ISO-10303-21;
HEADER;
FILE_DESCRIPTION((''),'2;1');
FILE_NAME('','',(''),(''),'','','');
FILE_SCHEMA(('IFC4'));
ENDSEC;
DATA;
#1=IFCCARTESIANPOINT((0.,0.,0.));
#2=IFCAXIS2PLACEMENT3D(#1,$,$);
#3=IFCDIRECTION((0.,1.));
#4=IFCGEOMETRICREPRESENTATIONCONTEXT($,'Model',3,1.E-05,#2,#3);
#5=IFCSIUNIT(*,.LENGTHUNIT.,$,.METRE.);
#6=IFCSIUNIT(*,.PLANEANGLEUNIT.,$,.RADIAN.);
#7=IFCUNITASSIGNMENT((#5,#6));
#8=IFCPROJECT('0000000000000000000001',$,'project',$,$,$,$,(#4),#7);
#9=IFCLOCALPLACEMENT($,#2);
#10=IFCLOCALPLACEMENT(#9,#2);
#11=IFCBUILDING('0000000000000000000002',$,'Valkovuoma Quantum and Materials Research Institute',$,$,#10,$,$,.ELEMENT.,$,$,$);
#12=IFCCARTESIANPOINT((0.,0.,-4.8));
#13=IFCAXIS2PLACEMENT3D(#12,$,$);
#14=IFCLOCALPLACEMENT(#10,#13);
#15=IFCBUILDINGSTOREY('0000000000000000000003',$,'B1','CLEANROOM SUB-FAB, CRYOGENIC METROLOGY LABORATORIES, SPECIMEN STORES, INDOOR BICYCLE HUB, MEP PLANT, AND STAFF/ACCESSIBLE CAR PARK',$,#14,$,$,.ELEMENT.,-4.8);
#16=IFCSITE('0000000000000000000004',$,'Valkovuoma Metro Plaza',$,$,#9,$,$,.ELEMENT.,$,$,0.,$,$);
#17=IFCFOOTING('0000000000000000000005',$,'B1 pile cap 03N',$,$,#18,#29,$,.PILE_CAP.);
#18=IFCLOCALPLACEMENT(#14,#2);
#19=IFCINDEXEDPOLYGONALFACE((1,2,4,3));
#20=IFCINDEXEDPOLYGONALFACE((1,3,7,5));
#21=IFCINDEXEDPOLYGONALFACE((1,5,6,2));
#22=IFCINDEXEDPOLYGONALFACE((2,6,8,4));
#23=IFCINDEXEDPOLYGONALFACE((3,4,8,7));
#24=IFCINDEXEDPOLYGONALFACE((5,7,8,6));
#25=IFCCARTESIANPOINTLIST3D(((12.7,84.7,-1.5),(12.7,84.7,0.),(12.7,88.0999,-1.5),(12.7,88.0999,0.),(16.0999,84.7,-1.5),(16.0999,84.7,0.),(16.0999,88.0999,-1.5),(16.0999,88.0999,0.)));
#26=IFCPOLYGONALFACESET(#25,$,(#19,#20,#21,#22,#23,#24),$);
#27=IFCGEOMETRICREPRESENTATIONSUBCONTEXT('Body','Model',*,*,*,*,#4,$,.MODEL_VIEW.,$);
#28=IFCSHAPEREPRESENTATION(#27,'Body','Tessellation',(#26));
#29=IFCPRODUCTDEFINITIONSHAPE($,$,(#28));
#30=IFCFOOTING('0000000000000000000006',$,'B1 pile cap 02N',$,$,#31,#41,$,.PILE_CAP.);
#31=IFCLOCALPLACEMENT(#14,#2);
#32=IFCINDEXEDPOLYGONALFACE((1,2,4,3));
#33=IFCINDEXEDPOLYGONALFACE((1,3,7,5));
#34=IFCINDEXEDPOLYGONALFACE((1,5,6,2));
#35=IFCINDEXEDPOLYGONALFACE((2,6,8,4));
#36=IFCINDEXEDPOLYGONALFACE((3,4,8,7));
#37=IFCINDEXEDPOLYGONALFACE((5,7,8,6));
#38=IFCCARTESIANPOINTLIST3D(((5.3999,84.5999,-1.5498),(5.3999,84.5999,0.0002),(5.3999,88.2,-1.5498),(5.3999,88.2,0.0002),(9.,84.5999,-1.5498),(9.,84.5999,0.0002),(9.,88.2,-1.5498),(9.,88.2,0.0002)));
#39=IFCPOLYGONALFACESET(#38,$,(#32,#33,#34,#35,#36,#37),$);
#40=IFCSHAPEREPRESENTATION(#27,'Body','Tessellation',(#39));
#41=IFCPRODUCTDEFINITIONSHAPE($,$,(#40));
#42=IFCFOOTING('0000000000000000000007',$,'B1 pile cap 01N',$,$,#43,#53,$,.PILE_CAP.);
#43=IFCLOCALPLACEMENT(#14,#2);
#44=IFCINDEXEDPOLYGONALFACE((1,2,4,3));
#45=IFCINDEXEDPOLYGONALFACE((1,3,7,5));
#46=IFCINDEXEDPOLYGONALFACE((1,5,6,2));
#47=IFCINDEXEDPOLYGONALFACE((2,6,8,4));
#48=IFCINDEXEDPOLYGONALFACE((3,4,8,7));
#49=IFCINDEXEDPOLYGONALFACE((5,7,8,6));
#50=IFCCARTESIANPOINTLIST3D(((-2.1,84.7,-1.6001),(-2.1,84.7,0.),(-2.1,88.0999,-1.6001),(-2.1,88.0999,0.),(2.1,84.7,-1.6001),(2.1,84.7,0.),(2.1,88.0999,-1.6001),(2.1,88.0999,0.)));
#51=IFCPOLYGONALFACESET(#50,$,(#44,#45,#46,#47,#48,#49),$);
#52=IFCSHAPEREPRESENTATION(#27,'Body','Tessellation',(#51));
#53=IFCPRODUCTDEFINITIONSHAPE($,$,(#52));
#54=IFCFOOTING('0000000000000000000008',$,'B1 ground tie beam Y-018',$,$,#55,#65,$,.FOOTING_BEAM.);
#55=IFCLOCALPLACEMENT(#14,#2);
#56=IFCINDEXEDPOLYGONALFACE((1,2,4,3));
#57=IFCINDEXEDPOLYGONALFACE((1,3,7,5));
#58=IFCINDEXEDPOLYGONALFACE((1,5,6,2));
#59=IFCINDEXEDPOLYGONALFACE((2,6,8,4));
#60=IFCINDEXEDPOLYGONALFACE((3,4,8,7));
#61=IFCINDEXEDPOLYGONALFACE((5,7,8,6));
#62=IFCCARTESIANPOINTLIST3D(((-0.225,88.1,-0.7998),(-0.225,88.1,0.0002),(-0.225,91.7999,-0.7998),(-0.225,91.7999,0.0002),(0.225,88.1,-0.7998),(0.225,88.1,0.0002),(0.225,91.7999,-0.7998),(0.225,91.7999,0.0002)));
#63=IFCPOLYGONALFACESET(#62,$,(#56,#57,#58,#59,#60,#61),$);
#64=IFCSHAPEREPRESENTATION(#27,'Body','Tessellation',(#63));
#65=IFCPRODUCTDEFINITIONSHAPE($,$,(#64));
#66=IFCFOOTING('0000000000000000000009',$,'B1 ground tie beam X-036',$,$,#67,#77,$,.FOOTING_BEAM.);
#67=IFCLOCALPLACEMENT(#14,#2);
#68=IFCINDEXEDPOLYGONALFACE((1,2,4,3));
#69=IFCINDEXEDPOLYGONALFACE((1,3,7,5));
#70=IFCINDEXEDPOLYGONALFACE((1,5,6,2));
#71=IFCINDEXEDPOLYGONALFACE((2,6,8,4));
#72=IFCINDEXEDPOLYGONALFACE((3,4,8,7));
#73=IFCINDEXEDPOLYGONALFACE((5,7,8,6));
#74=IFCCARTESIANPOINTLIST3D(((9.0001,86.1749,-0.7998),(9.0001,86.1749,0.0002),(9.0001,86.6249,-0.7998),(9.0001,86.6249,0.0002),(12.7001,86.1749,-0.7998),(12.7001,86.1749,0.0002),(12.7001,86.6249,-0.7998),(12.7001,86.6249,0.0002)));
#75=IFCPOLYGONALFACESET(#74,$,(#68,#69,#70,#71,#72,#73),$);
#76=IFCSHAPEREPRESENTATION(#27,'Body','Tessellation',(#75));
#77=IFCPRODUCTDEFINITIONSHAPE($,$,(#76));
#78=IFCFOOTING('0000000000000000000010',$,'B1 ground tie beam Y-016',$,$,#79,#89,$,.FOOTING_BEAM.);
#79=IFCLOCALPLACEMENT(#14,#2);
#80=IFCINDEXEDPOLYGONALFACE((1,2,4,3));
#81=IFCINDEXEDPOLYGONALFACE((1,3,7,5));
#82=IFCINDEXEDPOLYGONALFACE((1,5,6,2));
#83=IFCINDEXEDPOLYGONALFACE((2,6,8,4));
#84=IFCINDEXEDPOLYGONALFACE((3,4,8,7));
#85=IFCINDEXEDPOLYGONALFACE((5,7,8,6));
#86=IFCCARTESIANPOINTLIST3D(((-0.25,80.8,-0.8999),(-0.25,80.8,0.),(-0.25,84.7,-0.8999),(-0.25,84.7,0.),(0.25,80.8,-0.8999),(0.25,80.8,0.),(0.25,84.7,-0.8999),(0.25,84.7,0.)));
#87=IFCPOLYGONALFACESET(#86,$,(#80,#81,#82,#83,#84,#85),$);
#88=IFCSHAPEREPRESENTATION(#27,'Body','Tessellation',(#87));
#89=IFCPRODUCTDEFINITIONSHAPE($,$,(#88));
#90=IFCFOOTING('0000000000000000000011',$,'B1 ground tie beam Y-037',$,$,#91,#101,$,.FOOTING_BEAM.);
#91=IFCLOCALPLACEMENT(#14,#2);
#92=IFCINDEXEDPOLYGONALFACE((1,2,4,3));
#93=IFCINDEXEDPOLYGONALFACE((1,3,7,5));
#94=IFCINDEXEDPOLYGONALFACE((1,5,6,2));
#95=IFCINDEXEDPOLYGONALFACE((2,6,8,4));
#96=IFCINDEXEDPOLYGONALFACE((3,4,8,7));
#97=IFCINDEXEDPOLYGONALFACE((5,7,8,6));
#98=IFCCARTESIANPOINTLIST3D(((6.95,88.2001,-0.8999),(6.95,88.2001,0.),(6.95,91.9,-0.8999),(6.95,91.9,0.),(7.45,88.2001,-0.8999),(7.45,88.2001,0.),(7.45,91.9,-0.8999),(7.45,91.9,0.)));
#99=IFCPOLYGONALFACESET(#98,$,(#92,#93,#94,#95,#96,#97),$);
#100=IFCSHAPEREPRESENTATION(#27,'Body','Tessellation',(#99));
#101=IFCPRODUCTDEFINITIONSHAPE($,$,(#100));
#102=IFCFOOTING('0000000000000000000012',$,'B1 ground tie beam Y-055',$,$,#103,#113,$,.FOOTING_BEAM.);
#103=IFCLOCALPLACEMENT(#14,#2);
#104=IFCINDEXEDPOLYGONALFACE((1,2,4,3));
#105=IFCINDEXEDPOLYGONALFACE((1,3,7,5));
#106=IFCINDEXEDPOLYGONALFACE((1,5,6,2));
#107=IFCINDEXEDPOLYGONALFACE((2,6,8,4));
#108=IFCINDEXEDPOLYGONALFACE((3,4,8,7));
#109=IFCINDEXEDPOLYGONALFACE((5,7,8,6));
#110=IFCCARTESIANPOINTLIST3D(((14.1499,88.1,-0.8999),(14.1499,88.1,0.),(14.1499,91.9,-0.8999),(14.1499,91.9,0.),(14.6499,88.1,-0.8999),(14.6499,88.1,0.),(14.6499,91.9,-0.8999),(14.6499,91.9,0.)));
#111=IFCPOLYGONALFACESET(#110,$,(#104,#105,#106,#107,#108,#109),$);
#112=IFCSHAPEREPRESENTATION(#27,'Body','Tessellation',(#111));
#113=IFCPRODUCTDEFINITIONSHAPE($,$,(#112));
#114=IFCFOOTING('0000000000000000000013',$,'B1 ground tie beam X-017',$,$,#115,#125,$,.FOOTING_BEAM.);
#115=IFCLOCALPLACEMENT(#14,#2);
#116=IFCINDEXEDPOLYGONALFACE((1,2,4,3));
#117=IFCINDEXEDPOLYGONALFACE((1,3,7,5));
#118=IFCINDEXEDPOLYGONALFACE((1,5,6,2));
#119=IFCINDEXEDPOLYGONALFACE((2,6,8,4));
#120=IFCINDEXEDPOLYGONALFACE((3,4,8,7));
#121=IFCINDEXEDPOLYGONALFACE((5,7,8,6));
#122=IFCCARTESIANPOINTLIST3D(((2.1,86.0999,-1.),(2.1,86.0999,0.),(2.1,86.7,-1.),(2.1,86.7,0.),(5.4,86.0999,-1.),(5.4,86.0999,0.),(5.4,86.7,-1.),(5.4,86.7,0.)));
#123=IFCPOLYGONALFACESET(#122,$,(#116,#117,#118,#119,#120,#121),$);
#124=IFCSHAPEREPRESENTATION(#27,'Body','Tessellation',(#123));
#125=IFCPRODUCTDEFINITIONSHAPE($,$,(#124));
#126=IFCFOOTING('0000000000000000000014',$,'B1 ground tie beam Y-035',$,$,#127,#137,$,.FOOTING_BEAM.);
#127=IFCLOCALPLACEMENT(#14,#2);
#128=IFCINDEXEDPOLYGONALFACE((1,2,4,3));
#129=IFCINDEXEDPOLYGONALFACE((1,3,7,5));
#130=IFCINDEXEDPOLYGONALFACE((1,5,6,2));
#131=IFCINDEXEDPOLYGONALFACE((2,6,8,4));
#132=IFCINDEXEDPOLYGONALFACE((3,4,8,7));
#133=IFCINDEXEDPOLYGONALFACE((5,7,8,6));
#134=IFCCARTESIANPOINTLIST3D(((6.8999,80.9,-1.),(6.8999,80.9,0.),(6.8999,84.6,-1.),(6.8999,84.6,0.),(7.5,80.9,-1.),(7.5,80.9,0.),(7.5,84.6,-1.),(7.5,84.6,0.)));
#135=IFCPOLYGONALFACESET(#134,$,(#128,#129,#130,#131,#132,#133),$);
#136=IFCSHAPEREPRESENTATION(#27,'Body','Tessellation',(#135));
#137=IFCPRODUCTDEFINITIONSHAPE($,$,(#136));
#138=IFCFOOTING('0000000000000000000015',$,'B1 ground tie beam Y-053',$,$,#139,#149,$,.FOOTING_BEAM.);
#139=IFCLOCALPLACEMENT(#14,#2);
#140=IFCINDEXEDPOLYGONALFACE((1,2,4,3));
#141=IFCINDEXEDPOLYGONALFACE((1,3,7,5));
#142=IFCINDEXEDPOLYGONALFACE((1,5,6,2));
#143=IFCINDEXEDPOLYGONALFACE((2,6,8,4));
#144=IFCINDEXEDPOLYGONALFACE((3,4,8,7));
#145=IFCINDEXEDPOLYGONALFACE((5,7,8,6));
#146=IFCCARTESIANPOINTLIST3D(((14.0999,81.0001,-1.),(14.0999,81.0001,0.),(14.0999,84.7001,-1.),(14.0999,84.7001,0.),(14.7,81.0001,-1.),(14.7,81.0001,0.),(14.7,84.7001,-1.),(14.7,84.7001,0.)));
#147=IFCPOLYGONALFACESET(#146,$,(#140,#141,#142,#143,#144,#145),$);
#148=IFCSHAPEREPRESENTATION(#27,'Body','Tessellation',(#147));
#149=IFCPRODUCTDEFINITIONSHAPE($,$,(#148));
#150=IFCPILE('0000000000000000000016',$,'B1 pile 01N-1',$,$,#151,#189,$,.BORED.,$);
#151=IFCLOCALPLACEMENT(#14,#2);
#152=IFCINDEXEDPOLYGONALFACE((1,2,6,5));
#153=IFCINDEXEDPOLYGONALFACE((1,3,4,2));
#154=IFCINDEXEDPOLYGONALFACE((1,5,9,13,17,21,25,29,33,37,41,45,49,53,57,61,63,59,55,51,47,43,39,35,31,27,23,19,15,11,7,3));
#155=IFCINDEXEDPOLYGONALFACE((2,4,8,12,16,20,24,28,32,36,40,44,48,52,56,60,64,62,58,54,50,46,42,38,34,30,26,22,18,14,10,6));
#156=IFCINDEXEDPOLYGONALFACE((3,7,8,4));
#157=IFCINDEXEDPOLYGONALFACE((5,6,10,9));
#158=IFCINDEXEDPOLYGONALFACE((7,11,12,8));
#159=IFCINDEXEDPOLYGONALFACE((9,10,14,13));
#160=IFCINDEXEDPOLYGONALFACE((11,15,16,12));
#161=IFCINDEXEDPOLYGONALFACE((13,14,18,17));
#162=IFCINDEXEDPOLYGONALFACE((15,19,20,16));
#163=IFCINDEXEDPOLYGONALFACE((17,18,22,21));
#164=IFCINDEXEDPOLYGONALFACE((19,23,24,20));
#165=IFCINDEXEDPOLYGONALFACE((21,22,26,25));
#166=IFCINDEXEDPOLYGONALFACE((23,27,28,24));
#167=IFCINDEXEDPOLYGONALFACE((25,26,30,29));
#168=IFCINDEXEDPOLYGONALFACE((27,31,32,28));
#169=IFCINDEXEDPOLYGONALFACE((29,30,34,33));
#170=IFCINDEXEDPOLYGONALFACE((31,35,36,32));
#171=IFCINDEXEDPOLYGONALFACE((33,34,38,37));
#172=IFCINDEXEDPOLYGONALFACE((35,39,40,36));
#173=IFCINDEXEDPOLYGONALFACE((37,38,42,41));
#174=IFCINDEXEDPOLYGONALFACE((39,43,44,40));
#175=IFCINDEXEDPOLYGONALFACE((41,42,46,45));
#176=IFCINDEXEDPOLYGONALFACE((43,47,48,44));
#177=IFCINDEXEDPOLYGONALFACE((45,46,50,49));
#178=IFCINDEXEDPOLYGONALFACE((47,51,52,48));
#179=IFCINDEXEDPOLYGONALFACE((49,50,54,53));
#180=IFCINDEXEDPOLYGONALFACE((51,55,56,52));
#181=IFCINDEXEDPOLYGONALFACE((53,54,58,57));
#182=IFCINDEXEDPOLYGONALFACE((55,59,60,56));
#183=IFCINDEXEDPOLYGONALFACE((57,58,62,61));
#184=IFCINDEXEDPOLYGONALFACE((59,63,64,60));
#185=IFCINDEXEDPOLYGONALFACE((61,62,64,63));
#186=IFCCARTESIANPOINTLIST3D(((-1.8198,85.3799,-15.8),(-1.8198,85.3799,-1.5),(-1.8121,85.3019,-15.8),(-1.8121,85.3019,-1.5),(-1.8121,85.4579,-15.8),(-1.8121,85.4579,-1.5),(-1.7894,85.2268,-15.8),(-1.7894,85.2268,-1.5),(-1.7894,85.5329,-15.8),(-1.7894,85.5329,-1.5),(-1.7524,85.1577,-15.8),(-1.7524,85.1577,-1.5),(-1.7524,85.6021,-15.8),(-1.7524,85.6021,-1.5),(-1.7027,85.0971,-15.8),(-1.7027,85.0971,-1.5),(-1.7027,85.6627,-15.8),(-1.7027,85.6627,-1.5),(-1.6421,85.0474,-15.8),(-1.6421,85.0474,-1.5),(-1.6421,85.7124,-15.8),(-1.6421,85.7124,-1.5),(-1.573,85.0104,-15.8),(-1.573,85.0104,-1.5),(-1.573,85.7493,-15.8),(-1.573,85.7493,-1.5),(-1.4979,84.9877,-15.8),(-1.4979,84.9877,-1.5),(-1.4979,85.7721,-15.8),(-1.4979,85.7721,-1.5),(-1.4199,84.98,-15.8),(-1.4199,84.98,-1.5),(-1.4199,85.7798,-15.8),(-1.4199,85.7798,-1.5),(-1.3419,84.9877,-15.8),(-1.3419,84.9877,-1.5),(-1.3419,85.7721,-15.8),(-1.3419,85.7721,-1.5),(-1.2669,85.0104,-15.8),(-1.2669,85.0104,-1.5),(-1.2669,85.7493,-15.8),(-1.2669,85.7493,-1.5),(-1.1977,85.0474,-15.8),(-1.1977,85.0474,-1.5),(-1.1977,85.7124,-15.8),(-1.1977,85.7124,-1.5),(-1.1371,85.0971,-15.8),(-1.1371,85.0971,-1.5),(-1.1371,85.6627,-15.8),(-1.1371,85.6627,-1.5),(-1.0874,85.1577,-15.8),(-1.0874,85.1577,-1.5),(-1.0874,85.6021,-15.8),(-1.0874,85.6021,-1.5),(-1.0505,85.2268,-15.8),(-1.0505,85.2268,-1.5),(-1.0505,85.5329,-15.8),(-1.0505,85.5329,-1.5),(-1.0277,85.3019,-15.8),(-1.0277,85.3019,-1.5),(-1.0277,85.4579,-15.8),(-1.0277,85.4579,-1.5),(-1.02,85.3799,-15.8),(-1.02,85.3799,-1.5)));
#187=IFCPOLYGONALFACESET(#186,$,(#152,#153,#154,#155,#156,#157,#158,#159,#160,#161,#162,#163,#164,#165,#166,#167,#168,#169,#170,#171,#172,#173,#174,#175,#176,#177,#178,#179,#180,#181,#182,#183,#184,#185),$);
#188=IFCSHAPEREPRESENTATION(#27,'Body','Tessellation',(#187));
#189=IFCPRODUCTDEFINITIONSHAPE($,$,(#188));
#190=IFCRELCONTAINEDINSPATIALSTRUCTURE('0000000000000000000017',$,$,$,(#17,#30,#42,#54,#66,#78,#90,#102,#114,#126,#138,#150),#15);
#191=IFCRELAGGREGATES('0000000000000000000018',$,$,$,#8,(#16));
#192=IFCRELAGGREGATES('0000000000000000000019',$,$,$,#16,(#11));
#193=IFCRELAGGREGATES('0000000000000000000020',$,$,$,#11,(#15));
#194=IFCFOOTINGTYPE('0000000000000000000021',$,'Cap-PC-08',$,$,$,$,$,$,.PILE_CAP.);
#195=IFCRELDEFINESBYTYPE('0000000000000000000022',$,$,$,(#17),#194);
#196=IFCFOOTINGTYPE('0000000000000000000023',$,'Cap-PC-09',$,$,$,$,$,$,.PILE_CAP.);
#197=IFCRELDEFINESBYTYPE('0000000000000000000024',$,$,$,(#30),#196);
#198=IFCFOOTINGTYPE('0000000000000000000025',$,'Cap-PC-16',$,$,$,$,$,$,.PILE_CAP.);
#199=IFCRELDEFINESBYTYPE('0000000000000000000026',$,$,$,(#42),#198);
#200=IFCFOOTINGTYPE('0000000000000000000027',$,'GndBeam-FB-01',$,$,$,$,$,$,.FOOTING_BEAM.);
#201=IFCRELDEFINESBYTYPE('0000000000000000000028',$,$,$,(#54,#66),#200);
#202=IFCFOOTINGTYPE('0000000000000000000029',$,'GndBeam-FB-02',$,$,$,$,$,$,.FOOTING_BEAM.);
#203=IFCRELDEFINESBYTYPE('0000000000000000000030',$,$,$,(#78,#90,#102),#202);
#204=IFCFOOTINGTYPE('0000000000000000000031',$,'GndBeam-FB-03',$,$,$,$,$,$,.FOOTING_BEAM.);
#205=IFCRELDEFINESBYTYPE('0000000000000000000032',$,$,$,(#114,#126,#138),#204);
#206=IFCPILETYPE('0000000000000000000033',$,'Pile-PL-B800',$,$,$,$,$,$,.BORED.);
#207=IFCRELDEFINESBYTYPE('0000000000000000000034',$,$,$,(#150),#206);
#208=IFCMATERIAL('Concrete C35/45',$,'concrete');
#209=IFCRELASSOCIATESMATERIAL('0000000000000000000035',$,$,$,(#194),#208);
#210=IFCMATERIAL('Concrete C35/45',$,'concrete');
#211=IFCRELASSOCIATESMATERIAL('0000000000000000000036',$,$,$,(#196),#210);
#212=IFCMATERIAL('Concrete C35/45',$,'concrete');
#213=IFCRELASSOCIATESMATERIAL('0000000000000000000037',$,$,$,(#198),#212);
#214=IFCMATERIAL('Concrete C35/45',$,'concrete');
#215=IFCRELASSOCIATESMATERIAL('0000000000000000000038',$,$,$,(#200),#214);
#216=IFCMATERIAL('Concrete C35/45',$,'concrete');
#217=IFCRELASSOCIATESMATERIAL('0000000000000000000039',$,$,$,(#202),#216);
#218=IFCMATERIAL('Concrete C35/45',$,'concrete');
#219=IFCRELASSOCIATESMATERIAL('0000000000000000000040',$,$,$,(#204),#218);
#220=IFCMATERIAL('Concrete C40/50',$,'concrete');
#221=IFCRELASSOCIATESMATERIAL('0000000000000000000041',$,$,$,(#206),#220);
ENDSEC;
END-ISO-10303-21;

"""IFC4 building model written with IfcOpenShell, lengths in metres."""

from ifc_helpers import new_model, si_unit, direction, frame, origin, origin_2d, place, context, subcontext, project, spatial, rectangle, circle, extrude, material, material_profile, profile_set, type_object, element, save


model = new_model("IFC4")

# Units and contexts
model_context = context("Model", 3, precision=1e-05, world=origin(), true_north=direction((0.0, 1.0)))
body_context = subcontext(model_context, "Body", "Model", "MODEL_VIEW")
ifc_project = project(units=[si_unit("LENGTHUNIT", "METRE"), si_unit("PLANEANGLEUNIT", "RADIAN")], contexts=[model_context])

# Site, building, storey
site_placement = place(None, origin())
site = spatial("IfcSite", under=ifc_project, at=site_placement, Name="Valkovuoma Metro Plaza", CompositionType="ELEMENT", RefElevation=0.0)
building_placement = place(site_placement, origin())
building = spatial("IfcBuilding", under=site, at=building_placement, Name="Valkovuoma Quantum and Materials Research Institute", CompositionType="ELEMENT")
storey_placement = place(building_placement, frame((0.0, 0.0, -4.8)))
storey = spatial("IfcBuildingStorey", under=building, at=storey_placement, Name="B1", Description="CLEANROOM SUB-FAB, CRYOGENIC METROLOGY LABORATORIES, SPECIMEN STORES, INDOOR BICYCLE HUB, MEP PLANT, AND STAFF/ACCESSIBLE CAR PARK", CompositionType="ELEMENT", Elevation=-4.8)

# Footings
ifc_material_1 = material(Name="Concrete C35/45", Category="concrete")
footing_type_1 = type_object("IfcFootingType", Name="Cap-PC-08", PredefinedType="PILE_CAP", material=ifc_material_1)
footing_1_placement = place(storey_placement, frame((14.3999, 86.3999, -1.5), z_axis=(0.0, 0.0, 1.0), x_axis=(1.0, 0.0, 0.0)))
element("IfcFooting", 1, at=footing_1_placement, inside=storey, type_object=footing_type_1, Name="B1 pile cap 03N", PredefinedType="PILE_CAP", context=body_context, shape_type="SweptSolid", body=[
    extrude(rectangle(XDim=3.3999, YDim=3.3999, at=origin_2d()), origin(), (0.0, 0.0, 1.0), 1.5),
])
ifc_material_2 = material(Name="Concrete C35/45", Category="concrete")
footing_type_2 = type_object("IfcFootingType", Name="Cap-PC-09", PredefinedType="PILE_CAP", material=ifc_material_2)
footing_2_placement = place(storey_placement, frame((7.2, 86.3999, -1.5498), z_axis=(0.0, 0.0, 1.0), x_axis=(1.0, 0.0, 0.0)))
element("IfcFooting", 2, at=footing_2_placement, inside=storey, type_object=footing_type_2, Name="B1 pile cap 02N", PredefinedType="PILE_CAP", context=body_context, shape_type="SweptSolid", body=[
    extrude(rectangle(XDim=3.6001, YDim=3.6001, at=origin_2d()), origin(), (0.0, 0.0, 1.0), 1.55),
])
ifc_material_3 = material(Name="Concrete C35/45", Category="concrete")
footing_type_3 = type_object("IfcFootingType", Name="Cap-PC-16", PredefinedType="PILE_CAP", material=ifc_material_3)
footing_3_placement = place(storey_placement, frame((0.0, 86.3999, -1.6001), z_axis=(0.0, 0.0, 1.0), x_axis=(1.0, 0.0, 0.0)))
element("IfcFooting", 3, at=footing_3_placement, inside=storey, type_object=footing_type_3, Name="B1 pile cap 01N", PredefinedType="PILE_CAP", context=body_context, shape_type="SweptSolid", body=[
    extrude(rectangle(XDim=4.2, YDim=3.3999, at=origin_2d()), origin(), (0.0, 0.0, 1.0), 1.6001),
])
ifc_material_4 = material(Name="Concrete C35/45", Category="concrete")
footing_type_4 = type_object("IfcFootingType", Name="GndBeam-FB-01", PredefinedType="FOOTING_BEAM", material=ifc_material_4)
for number, where, z_axis, x_axis, name in (
    (4, (0.0, 89.95, -0.7998), (0.0, 0.0, 1.0), (0.0, 1.0, 0.0), "B1 ground tie beam Y-018"),
    (5, (10.8501, 86.3999, -0.7998), (0.0, 0.0, 1.0), (1.0, 0.0, 0.0), "B1 ground tie beam X-036"),
):
    element("IfcFooting", number, at=place(storey_placement, frame(where, z_axis=z_axis, x_axis=x_axis)), inside=storey, type_object=footing_type_4, Name=name, PredefinedType="FOOTING_BEAM", context=body_context, shape_type="SweptSolid", body=[
        extrude(rectangle(XDim=3.7, YDim=0.45, at=origin_2d()), origin(), (0.0, 0.0, 1.0), 0.8),
    ])
ifc_material_5 = material(Name="Concrete C35/45", Category="concrete")
footing_type_5 = type_object("IfcFootingType", Name="GndBeam-FB-02", PredefinedType="FOOTING_BEAM", material=ifc_material_5)
footing_4_placement = place(storey_placement, frame((0.0, 82.75, -0.8999), z_axis=(0.0, 0.0, 1.0), x_axis=(0.0, 1.0, 0.0)))
element("IfcFooting", 6, at=footing_4_placement, inside=storey, type_object=footing_type_5, Name="B1 ground tie beam Y-016", PredefinedType="FOOTING_BEAM", context=body_context, shape_type="SweptSolid", body=[
    extrude(rectangle(XDim=3.8999, YDim=0.5, at=origin_2d()), origin(), (0.0, 0.0, 1.0), 0.8999),
])
footing_5_placement = place(storey_placement, frame((7.2, 90.05, -0.8999), z_axis=(0.0, 0.0, 1.0), x_axis=(0.0, 1.0, 0.0)))
element("IfcFooting", 7, at=footing_5_placement, inside=storey, type_object=footing_type_5, Name="B1 ground tie beam Y-037", PredefinedType="FOOTING_BEAM", context=body_context, shape_type="SweptSolid", body=[
    extrude(rectangle(XDim=3.7, YDim=0.5, at=origin_2d()), origin(), (0.0, 0.0, 1.0), 0.8999),
])
footing_6_placement = place(storey_placement, frame((14.3999, 90.0, -0.8999), z_axis=(0.0, 0.0, 1.0), x_axis=(0.0, 1.0, 0.0)))
element("IfcFooting", 8, at=footing_6_placement, inside=storey, type_object=footing_type_5, Name="B1 ground tie beam Y-055", PredefinedType="FOOTING_BEAM", context=body_context, shape_type="SweptSolid", body=[
    extrude(rectangle(XDim=3.8, YDim=0.5, at=origin_2d()), origin(), (0.0, 0.0, 1.0), 0.8999),
])
ifc_material_6 = material(Name="Concrete C35/45", Category="concrete")
footing_type_6 = type_object("IfcFootingType", Name="GndBeam-FB-03", PredefinedType="FOOTING_BEAM", material=ifc_material_6)
footing_7_placement = place(storey_placement, frame((3.75, 86.3999, -1.0), z_axis=(0.0, 0.0, 1.0), x_axis=(1.0, 0.0, 0.0)))
element("IfcFooting", 9, at=footing_7_placement, inside=storey, type_object=footing_type_6, Name="B1 ground tie beam X-017", PredefinedType="FOOTING_BEAM", context=body_context, shape_type="SweptSolid", body=[
    extrude(rectangle(XDim=3.3, YDim=0.6001, at=origin_2d()), origin(), (0.0, 0.0, 1.0), 1.0),
])
for number, where, z_axis, x_axis, name in (
    (10, (7.2, 82.75, -1.0), (0.0, 0.0, 1.0), (0.0, 1.0, 0.0), "B1 ground tie beam Y-035"),
    (11, (14.3999, 82.8501, -1.0), (0.0, 0.0, 1.0), (0.0, 1.0, 0.0), "B1 ground tie beam Y-053"),
):
    element("IfcFooting", number, at=place(storey_placement, frame(where, z_axis=z_axis, x_axis=x_axis)), inside=storey, type_object=footing_type_6, Name=name, PredefinedType="FOOTING_BEAM", context=body_context, shape_type="SweptSolid", body=[
        extrude(rectangle(XDim=3.7, YDim=0.6001, at=origin_2d()), origin(), (0.0, 0.0, 1.0), 1.0),
    ])

# Pile
ifc_material_7 = material(Name="Concrete C40/50", Category="concrete")
ifc_material_profile_1 = material_profile(ifc_material_7, circle(Radius=0.3999, at=origin_2d()), Name="Concrete C40/50")
ifc_profile_set_1 = profile_set([ifc_material_profile_1], Name="Concrete C40/50")
pile_type = type_object("IfcPileType", Name="Pile-PL-B800", PredefinedType="BORED", material=ifc_profile_set_1)
for number, where, z_axis, x_axis, name in (
    (12, (-1.4199, 85.3799, -1.5), (0.0, 0.0, -1.0), (1.0, 0.0, 0.0), "B1 pile 01N-1"),
):
    element("IfcPile", number, at=place(storey_placement, frame(where, z_axis=z_axis, x_axis=x_axis)), inside=storey, type_object=pile_type, Name=name, PredefinedType="BORED", context=body_context, shape_type="SweptSolid", body=[
        extrude(circle(Radius=0.3999, at=origin_2d()), origin(), (0.0, 0.0, 1.0), 14.3),
    ])

save(model, "model.ifc")
